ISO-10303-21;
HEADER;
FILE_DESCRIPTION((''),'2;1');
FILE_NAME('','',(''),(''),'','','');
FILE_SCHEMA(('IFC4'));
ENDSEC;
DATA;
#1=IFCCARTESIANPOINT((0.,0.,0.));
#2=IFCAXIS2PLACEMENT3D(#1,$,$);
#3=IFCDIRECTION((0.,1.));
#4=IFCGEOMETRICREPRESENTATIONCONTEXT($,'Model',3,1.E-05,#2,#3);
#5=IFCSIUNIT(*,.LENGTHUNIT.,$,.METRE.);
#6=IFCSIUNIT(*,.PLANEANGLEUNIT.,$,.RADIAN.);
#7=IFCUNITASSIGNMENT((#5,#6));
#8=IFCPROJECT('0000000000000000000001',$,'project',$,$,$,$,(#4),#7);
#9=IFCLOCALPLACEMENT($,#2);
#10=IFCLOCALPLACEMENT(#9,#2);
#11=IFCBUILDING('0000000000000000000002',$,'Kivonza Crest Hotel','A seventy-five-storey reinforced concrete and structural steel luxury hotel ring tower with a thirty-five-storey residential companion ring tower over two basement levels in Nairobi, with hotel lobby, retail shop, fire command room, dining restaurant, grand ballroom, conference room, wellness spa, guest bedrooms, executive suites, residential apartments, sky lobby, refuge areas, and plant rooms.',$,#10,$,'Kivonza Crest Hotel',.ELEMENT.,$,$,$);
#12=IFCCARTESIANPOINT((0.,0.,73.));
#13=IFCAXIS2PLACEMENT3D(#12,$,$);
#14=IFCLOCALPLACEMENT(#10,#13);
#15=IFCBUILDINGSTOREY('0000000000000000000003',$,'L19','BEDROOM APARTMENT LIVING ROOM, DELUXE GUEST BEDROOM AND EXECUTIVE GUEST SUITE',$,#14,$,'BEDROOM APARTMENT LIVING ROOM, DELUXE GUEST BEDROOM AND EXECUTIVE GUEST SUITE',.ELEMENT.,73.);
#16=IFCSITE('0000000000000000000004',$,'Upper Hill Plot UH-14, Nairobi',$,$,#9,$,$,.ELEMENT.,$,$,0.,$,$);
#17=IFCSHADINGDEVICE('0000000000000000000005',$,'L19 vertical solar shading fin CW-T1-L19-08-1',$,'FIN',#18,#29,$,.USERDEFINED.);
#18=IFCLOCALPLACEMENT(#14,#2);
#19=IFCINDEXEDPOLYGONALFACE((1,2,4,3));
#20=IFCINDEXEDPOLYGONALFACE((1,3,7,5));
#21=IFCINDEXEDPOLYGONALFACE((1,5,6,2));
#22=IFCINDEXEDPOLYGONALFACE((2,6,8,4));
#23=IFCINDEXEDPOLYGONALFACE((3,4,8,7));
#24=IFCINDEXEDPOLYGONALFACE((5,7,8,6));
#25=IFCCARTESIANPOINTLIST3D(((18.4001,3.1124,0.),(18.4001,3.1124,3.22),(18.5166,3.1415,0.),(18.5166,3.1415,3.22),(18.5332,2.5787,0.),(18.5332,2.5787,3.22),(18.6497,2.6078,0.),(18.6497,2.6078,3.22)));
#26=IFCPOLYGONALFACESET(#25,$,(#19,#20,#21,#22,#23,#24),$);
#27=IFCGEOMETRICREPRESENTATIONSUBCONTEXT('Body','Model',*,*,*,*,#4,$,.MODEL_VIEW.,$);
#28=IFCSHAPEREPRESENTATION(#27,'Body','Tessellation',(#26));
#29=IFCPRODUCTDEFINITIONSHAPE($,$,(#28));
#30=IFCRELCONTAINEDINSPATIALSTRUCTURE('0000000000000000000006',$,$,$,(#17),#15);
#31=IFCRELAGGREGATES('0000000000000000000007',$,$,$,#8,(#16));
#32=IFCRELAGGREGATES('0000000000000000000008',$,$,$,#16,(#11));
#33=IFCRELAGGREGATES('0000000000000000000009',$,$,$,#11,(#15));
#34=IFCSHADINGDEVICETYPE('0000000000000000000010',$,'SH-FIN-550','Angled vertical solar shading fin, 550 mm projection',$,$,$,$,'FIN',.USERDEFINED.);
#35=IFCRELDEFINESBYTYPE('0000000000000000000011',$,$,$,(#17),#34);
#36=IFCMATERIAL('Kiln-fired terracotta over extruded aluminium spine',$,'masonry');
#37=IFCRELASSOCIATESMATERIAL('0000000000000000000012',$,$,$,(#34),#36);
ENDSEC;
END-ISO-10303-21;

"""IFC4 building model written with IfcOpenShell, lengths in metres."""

from ifc_helpers import new_model, si_unit, direction, frame, origin, origin_2d, place, context, subcontext, project, spatial, rectangle, extrude, material, type_object, element, save


model = new_model("IFC4")

# Units and contexts
model_context = context("Model", 3, precision=1e-05, world=origin(), true_north=direction((0.0, 1.0)))
body_context = subcontext(model_context, "Body", "Model", "MODEL_VIEW")
ifc_project = project(units=[si_unit("LENGTHUNIT", "METRE"), si_unit("PLANEANGLEUNIT", "RADIAN")], contexts=[model_context])

# Site, building, storey
site_placement = place(None, origin())
site = spatial("IfcSite", under=ifc_project, at=site_placement, Name="Upper Hill Plot UH-14, Nairobi", CompositionType="ELEMENT", RefElevation=0.0)
building_placement = place(site_placement, origin())
building = spatial("IfcBuilding", under=site, at=building_placement, Name="Kivonza Crest Hotel", Description="A seventy-five-storey reinforced concrete and structural steel luxury hotel ring tower with a thirty-five-storey residential companion ring tower over two basement levels in Nairobi, with hotel lobby, retail shop, fire command room, dining restaurant, grand ballroom, conference room, wellness spa, guest bedrooms, executive suites, residential apartments, sky lobby, refuge areas, and plant rooms.", LongName="Kivonza Crest Hotel", CompositionType="ELEMENT")
storey_placement = place(building_placement, frame((0.0, 0.0, 73.0)))
storey = spatial("IfcBuildingStorey", under=building, at=storey_placement, Name="L19", Description="BEDROOM APARTMENT LIVING ROOM, DELUXE GUEST BEDROOM AND EXECUTIVE GUEST SUITE", LongName="BEDROOM APARTMENT LIVING ROOM, DELUXE GUEST BEDROOM AND EXECUTIVE GUEST SUITE", CompositionType="ELEMENT", Elevation=73.0)

# Shading device
ifc_material_1 = material(Name="Kiln-fired terracotta over extruded aluminium spine", Category="masonry")
shading_device_type = type_object("IfcShadingDeviceType", Name="SH-FIN-550", Description="Angled vertical solar shading fin, 550 mm projection", ElementType="FIN", PredefinedType="USERDEFINED", material=ifc_material_1)
shading_device_placement = place(storey_placement, frame((18.5249, 2.8601, 0.0), z_axis=(0.0, 0.0, 1.0), x_axis=(0.970296, 0.241922, 0.0)))
element("IfcShadingDevice", 1, at=shading_device_placement, inside=storey, type_object=shading_device_type, Name="L19 vertical solar shading fin CW-T1-L19-08-1", ObjectType="FIN", PredefinedType="USERDEFINED", context=body_context, shape_type="SweptSolid", body=[
    extrude(rectangle(XDim=0.1201, YDim=0.55, at=origin_2d()), origin(), (0.0, 0.0, 1.0), 3.22),
])

save(model, "model.ifc")
